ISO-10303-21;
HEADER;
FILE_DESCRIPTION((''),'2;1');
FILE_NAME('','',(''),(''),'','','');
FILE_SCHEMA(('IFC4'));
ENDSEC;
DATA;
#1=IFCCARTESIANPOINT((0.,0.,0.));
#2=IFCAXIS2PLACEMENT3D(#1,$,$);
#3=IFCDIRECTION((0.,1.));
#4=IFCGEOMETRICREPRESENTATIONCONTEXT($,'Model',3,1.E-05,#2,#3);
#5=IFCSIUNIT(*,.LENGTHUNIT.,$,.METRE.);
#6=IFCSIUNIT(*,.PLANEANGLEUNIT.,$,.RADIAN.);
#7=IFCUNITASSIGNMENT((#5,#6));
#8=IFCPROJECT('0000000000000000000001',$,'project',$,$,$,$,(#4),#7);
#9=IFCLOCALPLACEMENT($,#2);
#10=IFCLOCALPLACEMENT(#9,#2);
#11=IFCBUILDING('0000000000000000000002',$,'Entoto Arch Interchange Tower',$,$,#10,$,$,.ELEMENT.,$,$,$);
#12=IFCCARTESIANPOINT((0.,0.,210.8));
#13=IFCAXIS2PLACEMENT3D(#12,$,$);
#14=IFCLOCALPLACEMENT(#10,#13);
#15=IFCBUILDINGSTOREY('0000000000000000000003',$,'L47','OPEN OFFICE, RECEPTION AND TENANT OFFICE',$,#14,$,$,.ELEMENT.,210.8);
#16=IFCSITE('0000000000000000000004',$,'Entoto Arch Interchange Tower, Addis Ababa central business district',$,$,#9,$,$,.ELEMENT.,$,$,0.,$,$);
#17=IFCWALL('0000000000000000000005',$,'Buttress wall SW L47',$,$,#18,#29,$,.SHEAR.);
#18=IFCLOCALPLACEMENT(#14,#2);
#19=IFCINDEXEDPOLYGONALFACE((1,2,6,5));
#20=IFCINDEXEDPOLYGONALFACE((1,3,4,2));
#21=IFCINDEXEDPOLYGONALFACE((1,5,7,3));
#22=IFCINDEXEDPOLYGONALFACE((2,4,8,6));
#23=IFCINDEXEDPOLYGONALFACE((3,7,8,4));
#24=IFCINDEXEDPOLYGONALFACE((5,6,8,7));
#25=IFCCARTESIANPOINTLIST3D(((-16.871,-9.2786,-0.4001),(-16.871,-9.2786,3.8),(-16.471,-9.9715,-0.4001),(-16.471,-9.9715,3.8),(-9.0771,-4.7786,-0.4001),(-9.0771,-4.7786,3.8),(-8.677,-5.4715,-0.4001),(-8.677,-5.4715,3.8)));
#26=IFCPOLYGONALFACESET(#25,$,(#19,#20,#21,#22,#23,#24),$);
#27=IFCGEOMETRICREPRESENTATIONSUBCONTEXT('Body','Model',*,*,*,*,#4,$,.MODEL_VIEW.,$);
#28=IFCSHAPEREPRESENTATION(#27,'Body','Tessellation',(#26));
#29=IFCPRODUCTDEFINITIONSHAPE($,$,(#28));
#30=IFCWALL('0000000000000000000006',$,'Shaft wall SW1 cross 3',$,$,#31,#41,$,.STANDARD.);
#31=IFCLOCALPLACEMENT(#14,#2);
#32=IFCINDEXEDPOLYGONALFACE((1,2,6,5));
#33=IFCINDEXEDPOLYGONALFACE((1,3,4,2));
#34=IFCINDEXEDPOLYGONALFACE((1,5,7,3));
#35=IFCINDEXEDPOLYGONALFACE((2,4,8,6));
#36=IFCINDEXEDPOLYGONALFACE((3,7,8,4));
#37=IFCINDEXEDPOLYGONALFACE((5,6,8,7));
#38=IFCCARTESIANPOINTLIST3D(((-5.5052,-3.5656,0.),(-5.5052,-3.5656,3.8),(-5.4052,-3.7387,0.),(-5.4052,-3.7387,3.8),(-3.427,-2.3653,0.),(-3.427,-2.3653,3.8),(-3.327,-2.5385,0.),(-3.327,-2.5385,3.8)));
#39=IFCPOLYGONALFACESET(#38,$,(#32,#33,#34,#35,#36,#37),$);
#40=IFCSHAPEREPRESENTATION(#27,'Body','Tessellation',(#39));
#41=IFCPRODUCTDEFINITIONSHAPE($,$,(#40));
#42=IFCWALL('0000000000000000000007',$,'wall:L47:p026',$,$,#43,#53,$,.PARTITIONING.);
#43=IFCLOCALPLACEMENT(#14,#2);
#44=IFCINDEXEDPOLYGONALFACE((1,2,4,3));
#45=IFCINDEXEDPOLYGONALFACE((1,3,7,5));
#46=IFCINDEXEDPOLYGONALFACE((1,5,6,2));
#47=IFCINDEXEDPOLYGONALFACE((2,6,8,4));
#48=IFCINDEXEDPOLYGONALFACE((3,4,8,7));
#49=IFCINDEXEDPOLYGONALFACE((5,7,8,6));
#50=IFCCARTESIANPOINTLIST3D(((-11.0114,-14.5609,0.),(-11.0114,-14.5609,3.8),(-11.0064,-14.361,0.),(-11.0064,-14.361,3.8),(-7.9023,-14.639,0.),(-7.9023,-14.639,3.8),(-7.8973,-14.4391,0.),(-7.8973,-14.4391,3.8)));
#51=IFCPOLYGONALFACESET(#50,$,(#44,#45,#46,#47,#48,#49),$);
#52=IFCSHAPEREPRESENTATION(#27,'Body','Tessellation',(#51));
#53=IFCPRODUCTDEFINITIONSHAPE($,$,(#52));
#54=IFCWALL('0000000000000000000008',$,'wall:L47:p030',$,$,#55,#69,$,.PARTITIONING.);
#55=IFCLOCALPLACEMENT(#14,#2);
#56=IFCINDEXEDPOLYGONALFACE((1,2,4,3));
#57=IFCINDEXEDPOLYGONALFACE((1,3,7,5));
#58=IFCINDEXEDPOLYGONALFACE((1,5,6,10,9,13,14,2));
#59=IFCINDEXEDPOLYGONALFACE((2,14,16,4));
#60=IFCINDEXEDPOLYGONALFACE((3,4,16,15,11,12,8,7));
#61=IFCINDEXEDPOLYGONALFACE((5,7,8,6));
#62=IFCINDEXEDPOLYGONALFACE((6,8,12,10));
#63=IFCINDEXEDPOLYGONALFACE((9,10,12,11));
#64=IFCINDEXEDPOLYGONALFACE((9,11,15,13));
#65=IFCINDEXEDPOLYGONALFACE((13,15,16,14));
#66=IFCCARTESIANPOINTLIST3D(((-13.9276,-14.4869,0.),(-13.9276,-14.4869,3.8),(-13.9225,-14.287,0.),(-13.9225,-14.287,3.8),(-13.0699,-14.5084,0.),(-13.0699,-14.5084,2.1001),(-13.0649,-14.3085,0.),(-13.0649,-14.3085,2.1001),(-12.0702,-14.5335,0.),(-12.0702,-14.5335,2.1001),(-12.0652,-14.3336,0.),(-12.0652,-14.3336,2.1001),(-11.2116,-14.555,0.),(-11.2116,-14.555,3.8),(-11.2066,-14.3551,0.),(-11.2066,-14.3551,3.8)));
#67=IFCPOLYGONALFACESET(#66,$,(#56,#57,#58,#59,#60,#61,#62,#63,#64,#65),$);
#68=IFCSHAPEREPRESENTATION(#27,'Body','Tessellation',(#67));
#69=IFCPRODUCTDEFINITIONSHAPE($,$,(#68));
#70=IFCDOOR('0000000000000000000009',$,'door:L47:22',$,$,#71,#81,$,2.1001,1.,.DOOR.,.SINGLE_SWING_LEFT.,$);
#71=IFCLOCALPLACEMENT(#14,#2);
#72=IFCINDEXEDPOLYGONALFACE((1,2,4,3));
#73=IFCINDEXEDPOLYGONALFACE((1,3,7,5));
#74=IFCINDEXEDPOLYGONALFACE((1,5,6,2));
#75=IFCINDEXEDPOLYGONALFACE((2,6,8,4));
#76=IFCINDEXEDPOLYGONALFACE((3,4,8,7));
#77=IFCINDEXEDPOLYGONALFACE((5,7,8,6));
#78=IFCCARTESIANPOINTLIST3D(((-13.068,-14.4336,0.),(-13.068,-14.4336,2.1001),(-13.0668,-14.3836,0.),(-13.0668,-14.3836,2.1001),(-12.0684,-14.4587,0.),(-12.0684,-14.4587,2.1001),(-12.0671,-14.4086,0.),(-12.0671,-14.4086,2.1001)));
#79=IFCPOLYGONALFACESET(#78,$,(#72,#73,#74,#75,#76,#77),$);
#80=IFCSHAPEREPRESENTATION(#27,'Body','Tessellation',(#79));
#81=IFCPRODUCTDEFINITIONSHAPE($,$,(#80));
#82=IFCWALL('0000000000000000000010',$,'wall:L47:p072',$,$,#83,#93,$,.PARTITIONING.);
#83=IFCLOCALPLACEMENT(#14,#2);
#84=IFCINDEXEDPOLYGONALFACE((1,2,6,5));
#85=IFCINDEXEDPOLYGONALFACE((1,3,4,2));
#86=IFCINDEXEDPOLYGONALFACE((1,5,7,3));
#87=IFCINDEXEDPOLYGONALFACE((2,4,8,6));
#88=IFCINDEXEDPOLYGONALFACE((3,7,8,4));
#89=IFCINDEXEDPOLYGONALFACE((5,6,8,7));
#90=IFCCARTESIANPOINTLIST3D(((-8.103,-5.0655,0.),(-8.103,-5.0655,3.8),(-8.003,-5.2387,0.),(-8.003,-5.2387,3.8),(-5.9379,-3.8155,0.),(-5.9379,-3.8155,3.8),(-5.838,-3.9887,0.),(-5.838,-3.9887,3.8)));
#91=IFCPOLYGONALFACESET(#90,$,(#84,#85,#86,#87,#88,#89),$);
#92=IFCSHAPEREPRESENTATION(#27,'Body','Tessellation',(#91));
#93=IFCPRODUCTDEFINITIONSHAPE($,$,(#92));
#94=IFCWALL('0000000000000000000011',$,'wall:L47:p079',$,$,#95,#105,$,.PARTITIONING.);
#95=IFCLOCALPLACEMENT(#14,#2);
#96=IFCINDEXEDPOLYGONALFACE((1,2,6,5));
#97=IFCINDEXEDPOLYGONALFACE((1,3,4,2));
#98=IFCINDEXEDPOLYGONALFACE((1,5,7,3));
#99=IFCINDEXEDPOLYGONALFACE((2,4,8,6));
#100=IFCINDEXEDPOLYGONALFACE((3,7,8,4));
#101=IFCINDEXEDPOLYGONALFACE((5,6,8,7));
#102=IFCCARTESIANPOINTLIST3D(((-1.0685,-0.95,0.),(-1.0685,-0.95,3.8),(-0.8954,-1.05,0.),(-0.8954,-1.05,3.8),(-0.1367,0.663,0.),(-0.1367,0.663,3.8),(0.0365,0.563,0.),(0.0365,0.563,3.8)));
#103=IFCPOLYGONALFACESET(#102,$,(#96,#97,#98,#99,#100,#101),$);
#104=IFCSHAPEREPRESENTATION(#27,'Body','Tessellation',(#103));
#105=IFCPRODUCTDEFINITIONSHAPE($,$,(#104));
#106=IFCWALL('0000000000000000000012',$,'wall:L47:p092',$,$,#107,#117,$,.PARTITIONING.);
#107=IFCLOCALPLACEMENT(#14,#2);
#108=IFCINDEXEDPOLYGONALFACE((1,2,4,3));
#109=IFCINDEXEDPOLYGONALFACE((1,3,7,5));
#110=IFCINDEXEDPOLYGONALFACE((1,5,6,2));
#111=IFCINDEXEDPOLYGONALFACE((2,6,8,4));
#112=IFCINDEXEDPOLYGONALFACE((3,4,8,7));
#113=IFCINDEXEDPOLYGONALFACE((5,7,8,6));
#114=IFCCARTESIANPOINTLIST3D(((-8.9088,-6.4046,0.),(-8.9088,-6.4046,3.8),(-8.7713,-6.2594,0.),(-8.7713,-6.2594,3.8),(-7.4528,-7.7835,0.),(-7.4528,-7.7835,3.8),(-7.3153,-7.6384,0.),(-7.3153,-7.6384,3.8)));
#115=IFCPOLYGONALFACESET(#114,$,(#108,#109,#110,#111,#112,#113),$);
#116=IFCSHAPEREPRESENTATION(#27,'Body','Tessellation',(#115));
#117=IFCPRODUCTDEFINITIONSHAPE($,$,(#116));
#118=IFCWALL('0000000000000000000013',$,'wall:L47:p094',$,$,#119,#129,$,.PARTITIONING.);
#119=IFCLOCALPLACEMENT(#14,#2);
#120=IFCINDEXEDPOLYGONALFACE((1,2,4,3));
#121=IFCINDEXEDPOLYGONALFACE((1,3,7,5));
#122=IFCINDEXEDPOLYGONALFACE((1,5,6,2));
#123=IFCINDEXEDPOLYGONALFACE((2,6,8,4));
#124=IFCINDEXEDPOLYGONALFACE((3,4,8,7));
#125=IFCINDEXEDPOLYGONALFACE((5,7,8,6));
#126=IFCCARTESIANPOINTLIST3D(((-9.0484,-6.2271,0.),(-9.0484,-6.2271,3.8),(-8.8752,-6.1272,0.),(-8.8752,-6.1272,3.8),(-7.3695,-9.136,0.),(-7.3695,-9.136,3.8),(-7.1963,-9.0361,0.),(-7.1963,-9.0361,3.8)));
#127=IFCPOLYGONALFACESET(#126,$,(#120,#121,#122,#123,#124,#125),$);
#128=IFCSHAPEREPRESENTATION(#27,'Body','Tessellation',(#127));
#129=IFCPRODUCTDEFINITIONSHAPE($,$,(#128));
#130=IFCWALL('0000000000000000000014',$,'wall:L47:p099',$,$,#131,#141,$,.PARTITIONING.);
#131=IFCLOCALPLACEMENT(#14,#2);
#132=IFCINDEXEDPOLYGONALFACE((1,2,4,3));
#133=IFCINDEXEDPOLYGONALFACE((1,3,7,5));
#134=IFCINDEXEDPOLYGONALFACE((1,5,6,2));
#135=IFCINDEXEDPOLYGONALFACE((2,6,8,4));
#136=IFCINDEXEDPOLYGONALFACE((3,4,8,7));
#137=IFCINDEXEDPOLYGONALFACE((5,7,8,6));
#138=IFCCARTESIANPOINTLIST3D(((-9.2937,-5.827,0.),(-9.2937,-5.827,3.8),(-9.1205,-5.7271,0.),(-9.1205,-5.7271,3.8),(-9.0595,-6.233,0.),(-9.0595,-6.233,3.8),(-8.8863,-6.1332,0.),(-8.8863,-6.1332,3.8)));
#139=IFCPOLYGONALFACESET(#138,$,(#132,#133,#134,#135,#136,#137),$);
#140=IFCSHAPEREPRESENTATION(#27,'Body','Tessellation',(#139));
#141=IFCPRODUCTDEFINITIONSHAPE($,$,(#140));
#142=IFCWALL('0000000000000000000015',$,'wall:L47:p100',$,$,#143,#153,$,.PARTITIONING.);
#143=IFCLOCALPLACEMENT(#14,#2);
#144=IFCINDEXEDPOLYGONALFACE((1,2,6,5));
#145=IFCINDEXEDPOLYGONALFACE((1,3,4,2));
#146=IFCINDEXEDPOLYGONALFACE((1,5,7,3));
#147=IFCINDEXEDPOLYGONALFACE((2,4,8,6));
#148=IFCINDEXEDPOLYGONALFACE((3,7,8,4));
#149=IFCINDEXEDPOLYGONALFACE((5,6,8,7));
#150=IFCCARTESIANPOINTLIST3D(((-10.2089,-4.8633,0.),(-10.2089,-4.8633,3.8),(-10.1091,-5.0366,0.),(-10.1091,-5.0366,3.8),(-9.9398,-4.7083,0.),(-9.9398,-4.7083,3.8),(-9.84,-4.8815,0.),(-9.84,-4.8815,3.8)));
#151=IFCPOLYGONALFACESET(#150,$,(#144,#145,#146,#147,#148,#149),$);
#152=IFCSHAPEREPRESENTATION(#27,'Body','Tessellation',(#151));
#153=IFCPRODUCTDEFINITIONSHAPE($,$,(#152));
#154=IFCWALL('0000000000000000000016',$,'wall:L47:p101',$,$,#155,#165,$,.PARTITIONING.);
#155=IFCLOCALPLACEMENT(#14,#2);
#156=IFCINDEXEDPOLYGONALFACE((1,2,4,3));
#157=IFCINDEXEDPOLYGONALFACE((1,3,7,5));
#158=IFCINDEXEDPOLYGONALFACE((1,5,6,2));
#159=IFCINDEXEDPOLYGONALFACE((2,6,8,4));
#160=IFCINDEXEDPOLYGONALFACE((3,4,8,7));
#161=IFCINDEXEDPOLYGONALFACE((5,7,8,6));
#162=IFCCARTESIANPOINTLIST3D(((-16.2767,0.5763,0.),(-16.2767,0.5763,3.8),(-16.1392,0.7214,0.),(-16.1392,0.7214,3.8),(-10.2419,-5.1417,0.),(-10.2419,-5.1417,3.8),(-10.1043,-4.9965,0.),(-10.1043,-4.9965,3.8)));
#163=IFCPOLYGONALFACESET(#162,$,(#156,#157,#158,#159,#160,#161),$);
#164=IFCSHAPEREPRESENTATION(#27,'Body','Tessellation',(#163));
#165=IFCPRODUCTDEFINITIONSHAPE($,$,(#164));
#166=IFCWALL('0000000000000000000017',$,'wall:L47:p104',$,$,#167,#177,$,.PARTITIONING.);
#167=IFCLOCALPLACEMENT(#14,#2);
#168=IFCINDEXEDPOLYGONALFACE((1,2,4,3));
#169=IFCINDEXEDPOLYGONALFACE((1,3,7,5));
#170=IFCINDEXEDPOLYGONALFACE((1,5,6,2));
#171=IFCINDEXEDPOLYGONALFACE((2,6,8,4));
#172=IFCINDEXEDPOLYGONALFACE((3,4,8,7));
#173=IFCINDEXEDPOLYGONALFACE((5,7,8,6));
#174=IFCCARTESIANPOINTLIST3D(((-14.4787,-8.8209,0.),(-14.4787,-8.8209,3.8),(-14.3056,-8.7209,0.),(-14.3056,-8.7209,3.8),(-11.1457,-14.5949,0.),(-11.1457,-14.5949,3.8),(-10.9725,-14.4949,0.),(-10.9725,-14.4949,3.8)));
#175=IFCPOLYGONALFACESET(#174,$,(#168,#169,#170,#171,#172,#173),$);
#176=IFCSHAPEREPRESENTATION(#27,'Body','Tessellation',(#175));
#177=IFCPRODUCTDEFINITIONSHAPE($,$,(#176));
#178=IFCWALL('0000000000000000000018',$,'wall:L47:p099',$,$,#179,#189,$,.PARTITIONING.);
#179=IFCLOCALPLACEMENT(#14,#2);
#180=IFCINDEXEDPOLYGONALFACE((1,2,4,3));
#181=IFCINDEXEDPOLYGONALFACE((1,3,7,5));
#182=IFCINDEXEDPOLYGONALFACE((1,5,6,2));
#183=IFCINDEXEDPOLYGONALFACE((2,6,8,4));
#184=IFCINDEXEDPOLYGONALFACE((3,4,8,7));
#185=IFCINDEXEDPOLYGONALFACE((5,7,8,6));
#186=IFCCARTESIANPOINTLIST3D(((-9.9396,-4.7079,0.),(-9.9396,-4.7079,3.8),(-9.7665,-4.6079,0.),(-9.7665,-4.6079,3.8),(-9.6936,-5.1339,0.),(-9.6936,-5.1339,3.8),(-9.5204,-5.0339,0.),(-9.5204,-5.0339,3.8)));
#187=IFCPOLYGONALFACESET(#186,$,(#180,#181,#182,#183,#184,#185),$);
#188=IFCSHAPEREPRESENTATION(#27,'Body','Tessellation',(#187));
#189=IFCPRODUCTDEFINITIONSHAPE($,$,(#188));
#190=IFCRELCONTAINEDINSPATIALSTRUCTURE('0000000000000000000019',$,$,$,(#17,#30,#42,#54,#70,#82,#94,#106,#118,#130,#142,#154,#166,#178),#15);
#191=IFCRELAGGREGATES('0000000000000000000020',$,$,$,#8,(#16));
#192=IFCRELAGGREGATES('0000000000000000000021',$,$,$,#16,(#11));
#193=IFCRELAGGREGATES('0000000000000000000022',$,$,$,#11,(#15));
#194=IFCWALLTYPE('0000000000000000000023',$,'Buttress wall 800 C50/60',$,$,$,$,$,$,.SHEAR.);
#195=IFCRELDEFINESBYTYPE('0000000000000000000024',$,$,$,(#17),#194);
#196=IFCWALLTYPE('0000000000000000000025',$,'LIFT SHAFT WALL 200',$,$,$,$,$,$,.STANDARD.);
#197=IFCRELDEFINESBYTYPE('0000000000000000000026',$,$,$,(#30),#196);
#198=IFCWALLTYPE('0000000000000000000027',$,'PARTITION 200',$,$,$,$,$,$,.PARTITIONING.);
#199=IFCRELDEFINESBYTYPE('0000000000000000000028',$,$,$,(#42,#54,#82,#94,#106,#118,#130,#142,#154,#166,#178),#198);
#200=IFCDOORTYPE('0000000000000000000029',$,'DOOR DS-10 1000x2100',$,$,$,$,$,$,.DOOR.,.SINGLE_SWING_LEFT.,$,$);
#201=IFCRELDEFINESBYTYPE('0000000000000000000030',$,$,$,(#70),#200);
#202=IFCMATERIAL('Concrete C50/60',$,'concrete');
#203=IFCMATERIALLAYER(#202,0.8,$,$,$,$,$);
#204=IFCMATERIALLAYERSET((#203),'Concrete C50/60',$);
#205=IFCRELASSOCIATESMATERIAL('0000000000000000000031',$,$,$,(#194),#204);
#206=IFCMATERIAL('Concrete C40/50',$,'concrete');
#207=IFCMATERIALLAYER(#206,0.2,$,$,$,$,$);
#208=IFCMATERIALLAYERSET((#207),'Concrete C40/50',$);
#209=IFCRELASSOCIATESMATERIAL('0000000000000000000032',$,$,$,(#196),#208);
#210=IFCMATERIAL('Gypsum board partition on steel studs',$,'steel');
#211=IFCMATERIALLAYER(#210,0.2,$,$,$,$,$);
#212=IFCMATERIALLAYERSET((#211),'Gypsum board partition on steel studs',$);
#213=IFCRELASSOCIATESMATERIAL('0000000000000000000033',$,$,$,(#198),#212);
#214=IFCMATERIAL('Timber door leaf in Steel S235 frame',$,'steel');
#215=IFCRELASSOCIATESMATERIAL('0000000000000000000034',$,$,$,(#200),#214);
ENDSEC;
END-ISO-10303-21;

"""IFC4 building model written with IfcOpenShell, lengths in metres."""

from ifc_helpers import new_model, si_unit, direction, frame, frame_2d, origin, place, context, subcontext, project, spatial, rectangle, extrude, material, layer, layer_set, type_object, element, fill, save


model = new_model("IFC4")

# Units and contexts
model_context = context("Model", 3, precision=1e-05, world=origin(), true_north=direction((0.0, 1.0)))
body_context = subcontext(model_context, "Body", "Model", "MODEL_VIEW")
ifc_project = project(units=[si_unit("LENGTHUNIT", "METRE"), si_unit("PLANEANGLEUNIT", "RADIAN")], contexts=[model_context])

# Site, building, storey
site_placement = place(None, origin())
site = spatial("IfcSite", under=ifc_project, at=site_placement, Name="Entoto Arch Interchange Tower, Addis Ababa central business district", CompositionType="ELEMENT", RefElevation=0.0)
building_placement = place(site_placement, origin())
building = spatial("IfcBuilding", under=site, at=building_placement, Name="Entoto Arch Interchange Tower", CompositionType="ELEMENT")
storey_placement = place(building_placement, frame((0.0, 0.0, 210.8)))
storey = spatial("IfcBuildingStorey", under=building, at=storey_placement, Name="L47", Description="OPEN OFFICE, RECEPTION AND TENANT OFFICE", CompositionType="ELEMENT", Elevation=210.8)

# Walls
ifc_material_1 = material(Name="Concrete C50/60", Category="concrete")
ifc_layer_1 = layer(ifc_material_1, 0.8)
ifc_layer_set_1 = layer_set([ifc_layer_1], Name="Concrete C50/60")
wall_type_1 = type_object("IfcWallType", Name="Buttress wall 800 C50/60", PredefinedType="SHEAR", material=ifc_layer_set_1)
wall_1_placement = place(storey_placement, frame((-8.877, -5.125, -0.4001), z_axis=(0.0, 0.0, 1.0), x_axis=(-0.866018, -0.500014, 0.0)))
element("IfcWall", 1, at=wall_1_placement, inside=storey, type_object=wall_type_1, Name="Buttress wall SW L47", PredefinedType="SHEAR", context=body_context, shape_type="SweptSolid", body=[
    extrude(rectangle(XDim=8.9998, YDim=0.8, at=frame_2d((4.5, 0.0))), origin(), (0.0, 0.0, 1.0), 4.2002),
])
ifc_material_2 = material(Name="Concrete C40/50", Category="concrete")
ifc_layer_2 = layer(ifc_material_2, 0.2)
ifc_layer_set_2 = layer_set([ifc_layer_2], Name="Concrete C40/50")
wall_type_2 = type_object("IfcWallType", Name="LIFT SHAFT WALL 200", PredefinedType="STANDARD", material=ifc_layer_set_2)
wall_2_placement = place(storey_placement, frame((-3.377, -2.4519, 0.0), z_axis=(0.0, 0.0, 1.0), x_axis=(-0.865955, -0.500122, 0.0)))
element("IfcWall", 2, at=wall_2_placement, inside=storey, type_object=wall_type_2, Name="Shaft wall SW1 cross 3", PredefinedType="STANDARD", context=body_context, shape_type="SweptSolid", body=[
    extrude(rectangle(XDim=2.3999, YDim=0.2, at=frame_2d((1.2, 0.0))), origin(), (0.0, 0.0, 1.0), 3.8),
])
ifc_material_3 = material(Name="Gypsum board partition on steel studs", Category="steel")
ifc_layer_3 = layer(ifc_material_3, 0.2)
ifc_layer_set_3 = layer_set([ifc_layer_3], Name="Gypsum board partition on steel studs")
wall_type_3 = type_object("IfcWallType", Name="PARTITION 200", PredefinedType="PARTITIONING", material=ifc_layer_set_3)
wall_3_placement = place(storey_placement, frame((-11.009, -14.4609, 0.0), z_axis=(0.0, 0.0, 1.0), x_axis=(0.999684, -0.02512, 0.0)))
element("IfcWall", 3, at=wall_3_placement, inside=storey, type_object=wall_type_3, Name="wall:L47:p026", PredefinedType="PARTITIONING", context=body_context, shape_type="SweptSolid", body=[
    extrude(rectangle(XDim=3.1101, YDim=0.2, at=frame_2d((1.5552, 0.0))), origin(), (0.0, 0.0, 1.0), 3.8),
])

# Wall, opening, door
wall_4_placement = place(storey_placement, frame((-13.925, -14.387, 0.0), z_axis=(0.0, 0.0, 1.0), x_axis=(0.999686, -0.025071, 0.0)))
wall_4 = element("IfcWall", 4, at=wall_4_placement, inside=storey, type_object=wall_type_3, Name="wall:L47:p030", PredefinedType="PARTITIONING", context=body_context, shape_type="SweptSolid", body=[
    extrude(rectangle(XDim=2.7168, YDim=0.2, at=frame_2d((1.3584, 0.0))), origin(), (0.0, 0.0, 1.0), 3.8),
])
opening_1_placement = place(wall_4_placement, frame((0.8579, 0.0, 0.0)))
opening_1 = element("IfcOpeningElement", 5, at=opening_1_placement, cuts=wall_4, PredefinedType="OPENING", context=body_context, shape_type="SweptSolid", body=[
    extrude(rectangle(XDim=1.0, YDim=2.1001, at=frame_2d((0.5, 1.05))), frame((0.0, 0.1099, 0.0), z_axis=(0.0, -1.0, 0.0), x_axis=(1.0, 0.0, 0.0)), (0.0, 0.0, 1.0), 0.22),
])
ifc_material_4 = material(Name="Timber door leaf in Steel S235 frame", Category="steel")
door_type_1 = type_object("IfcDoorType", Name="DOOR DS-10 1000x2100", OperationType="SINGLE_SWING_LEFT", PredefinedType="DOOR", material=ifc_material_4)
door_1_placement = place(opening_1_placement, origin())
door_1 = element("IfcDoor", 6, at=door_1_placement, inside=storey, type_object=door_type_1, Name="door:L47:22", OperationType="SINGLE_SWING_LEFT", OverallHeight=2.1001, OverallWidth=1.0, PredefinedType="DOOR", context=body_context, shape_type="SweptSolid", body=[
    extrude(rectangle(XDim=1.0, YDim=2.1001, at=frame_2d((0.5, 1.05))), frame((0.0, 0.0249, 0.0), z_axis=(0.0, -1.0, 0.0), x_axis=(1.0, 0.0, 0.0)), (0.0, 0.0, 1.0), 0.05),
])
fill(opening_1, door_1)

# Walls
wall_5_placement = place(storey_placement, frame((-5.8879, -3.9021, 0.0), z_axis=(0.0, 0.0, 1.0), x_axis=(-0.866023, -0.500004, 0.0)))
element("IfcWall", 7, at=wall_5_placement, inside=storey, type_object=wall_type_3, Name="wall:L47:p072", PredefinedType="PARTITIONING", context=body_context, shape_type="SweptSolid", body=[
    extrude(rectangle(XDim=2.5, YDim=0.2, at=frame_2d((1.25, 0.0))), origin(), (0.0, 0.0, 1.0), 3.8),
])
wall_6_placement = place(storey_placement, frame((-0.9819, -1.0, 0.0), z_axis=(0.0, 0.0, 1.0), x_axis=(0.50024, 0.865887, 0.0)))
element("IfcWall", 8, at=wall_6_placement, inside=storey, type_object=wall_type_3, Name="wall:L47:p079", PredefinedType="PARTITIONING", context=body_context, shape_type="SweptSolid", body=[
    extrude(rectangle(XDim=1.8628, YDim=0.2, at=frame_2d((0.9314, 0.0))), origin(), (0.0, 0.0, 1.0), 3.8),
])
wall_7_placement = place(storey_placement, frame((-8.8401, -6.332, 0.0), z_axis=(0.0, 0.0, 1.0), x_axis=(0.726081, -0.68761, 0.0)))
element("IfcWall", 9, at=wall_7_placement, inside=storey, type_object=wall_type_3, Name="wall:L47:p092", PredefinedType="PARTITIONING", context=body_context, shape_type="SweptSolid", body=[
    extrude(rectangle(XDim=2.0054, YDim=0.2, at=frame_2d((1.0027, 0.0))), origin(), (0.0, 0.0, 1.0), 3.8),
])
wall_8_placement = place(storey_placement, frame((-7.283, -9.0859, 0.0), z_axis=(0.0, 0.0, 1.0), x_axis=(-0.499884, 0.866092, 0.0)))
element("IfcWall", 10, at=wall_8_placement, inside=storey, type_object=wall_type_3, Name="wall:L47:p094", PredefinedType="PARTITIONING", context=body_context, shape_type="SweptSolid", body=[
    extrude(rectangle(XDim=3.3586, YDim=0.2, at=frame_2d((1.6792, 0.0))), origin(), (0.0, 0.0, 1.0), 3.8),
])
wall_9_placement = place(storey_placement, frame((-8.9729, -6.1831, 0.0), z_axis=(0.0, 0.0, 1.0), x_axis=(-0.499557, 0.866281, 0.0)))
element("IfcWall", 11, at=wall_9_placement, inside=storey, type_object=wall_type_3, Name="wall:L47:p099", PredefinedType="PARTITIONING", context=body_context, shape_type="SweptSolid", body=[
    extrude(rectangle(XDim=0.4688, YDim=0.2, at=frame_2d((0.2344, 0.0))), origin(), (0.0, 0.0, 1.0), 3.8),
])
wall_10_placement = place(storey_placement, frame((-9.8899, -4.7949, 0.0), z_axis=(0.0, 0.0, 1.0), x_axis=(-0.866447, -0.499269, 0.0)))
element("IfcWall", 12, at=wall_10_placement, inside=storey, type_object=wall_type_3, Name="wall:L47:p100", PredefinedType="PARTITIONING", context=body_context, shape_type="SweptSolid", body=[
    extrude(rectangle(XDim=0.3105, YDim=0.2, at=frame_2d((0.1553, 0.0))), origin(), (0.0, 0.0, 1.0), 3.8),
])
wall_11_placement = place(storey_placement, frame((-10.1731, -5.0691, 0.0), z_axis=(0.0, 0.0, 1.0), x_axis=(-0.725909, 0.687791, 0.0)))
element("IfcWall", 13, at=wall_11_placement, inside=storey, type_object=wall_type_3, Name="wall:L47:p101", PredefinedType="PARTITIONING", context=body_context, shape_type="SweptSolid", body=[
    extrude(rectangle(XDim=8.3135, YDim=0.2, at=frame_2d((4.1567, 0.0))), origin(), (0.0, 0.0, 1.0), 3.8),
])
wall_12_placement = place(storey_placement, frame((-11.0591, -14.5449, 0.0), z_axis=(0.0, 0.0, 1.0), x_axis=(-0.499936, 0.866062, 0.0)))
element("IfcWall", 14, at=wall_12_placement, inside=storey, type_object=wall_type_3, Name="wall:L47:p104", PredefinedType="PARTITIONING", context=body_context, shape_type="SweptSolid", body=[
    extrude(rectangle(XDim=6.667, YDim=0.2, at=frame_2d((3.3335, 0.0))), origin(), (0.0, 0.0, 1.0), 3.8),
])
wall_13_placement = place(storey_placement, frame((-9.6069, -5.084, 0.0), z_axis=(0.0, 0.0, 1.0), x_axis=(-0.500195, 0.865913, 0.0)))
element("IfcWall", 15, at=wall_13_placement, inside=storey, type_object=wall_type_3, Name="wall:L47:p099", PredefinedType="PARTITIONING", context=body_context, shape_type="SweptSolid", body=[
    extrude(rectangle(XDim=0.4919, YDim=0.2, at=frame_2d((0.2461, 0.0))), origin(), (0.0, 0.0, 1.0), 3.8),
])

save(model, "model.ifc")
